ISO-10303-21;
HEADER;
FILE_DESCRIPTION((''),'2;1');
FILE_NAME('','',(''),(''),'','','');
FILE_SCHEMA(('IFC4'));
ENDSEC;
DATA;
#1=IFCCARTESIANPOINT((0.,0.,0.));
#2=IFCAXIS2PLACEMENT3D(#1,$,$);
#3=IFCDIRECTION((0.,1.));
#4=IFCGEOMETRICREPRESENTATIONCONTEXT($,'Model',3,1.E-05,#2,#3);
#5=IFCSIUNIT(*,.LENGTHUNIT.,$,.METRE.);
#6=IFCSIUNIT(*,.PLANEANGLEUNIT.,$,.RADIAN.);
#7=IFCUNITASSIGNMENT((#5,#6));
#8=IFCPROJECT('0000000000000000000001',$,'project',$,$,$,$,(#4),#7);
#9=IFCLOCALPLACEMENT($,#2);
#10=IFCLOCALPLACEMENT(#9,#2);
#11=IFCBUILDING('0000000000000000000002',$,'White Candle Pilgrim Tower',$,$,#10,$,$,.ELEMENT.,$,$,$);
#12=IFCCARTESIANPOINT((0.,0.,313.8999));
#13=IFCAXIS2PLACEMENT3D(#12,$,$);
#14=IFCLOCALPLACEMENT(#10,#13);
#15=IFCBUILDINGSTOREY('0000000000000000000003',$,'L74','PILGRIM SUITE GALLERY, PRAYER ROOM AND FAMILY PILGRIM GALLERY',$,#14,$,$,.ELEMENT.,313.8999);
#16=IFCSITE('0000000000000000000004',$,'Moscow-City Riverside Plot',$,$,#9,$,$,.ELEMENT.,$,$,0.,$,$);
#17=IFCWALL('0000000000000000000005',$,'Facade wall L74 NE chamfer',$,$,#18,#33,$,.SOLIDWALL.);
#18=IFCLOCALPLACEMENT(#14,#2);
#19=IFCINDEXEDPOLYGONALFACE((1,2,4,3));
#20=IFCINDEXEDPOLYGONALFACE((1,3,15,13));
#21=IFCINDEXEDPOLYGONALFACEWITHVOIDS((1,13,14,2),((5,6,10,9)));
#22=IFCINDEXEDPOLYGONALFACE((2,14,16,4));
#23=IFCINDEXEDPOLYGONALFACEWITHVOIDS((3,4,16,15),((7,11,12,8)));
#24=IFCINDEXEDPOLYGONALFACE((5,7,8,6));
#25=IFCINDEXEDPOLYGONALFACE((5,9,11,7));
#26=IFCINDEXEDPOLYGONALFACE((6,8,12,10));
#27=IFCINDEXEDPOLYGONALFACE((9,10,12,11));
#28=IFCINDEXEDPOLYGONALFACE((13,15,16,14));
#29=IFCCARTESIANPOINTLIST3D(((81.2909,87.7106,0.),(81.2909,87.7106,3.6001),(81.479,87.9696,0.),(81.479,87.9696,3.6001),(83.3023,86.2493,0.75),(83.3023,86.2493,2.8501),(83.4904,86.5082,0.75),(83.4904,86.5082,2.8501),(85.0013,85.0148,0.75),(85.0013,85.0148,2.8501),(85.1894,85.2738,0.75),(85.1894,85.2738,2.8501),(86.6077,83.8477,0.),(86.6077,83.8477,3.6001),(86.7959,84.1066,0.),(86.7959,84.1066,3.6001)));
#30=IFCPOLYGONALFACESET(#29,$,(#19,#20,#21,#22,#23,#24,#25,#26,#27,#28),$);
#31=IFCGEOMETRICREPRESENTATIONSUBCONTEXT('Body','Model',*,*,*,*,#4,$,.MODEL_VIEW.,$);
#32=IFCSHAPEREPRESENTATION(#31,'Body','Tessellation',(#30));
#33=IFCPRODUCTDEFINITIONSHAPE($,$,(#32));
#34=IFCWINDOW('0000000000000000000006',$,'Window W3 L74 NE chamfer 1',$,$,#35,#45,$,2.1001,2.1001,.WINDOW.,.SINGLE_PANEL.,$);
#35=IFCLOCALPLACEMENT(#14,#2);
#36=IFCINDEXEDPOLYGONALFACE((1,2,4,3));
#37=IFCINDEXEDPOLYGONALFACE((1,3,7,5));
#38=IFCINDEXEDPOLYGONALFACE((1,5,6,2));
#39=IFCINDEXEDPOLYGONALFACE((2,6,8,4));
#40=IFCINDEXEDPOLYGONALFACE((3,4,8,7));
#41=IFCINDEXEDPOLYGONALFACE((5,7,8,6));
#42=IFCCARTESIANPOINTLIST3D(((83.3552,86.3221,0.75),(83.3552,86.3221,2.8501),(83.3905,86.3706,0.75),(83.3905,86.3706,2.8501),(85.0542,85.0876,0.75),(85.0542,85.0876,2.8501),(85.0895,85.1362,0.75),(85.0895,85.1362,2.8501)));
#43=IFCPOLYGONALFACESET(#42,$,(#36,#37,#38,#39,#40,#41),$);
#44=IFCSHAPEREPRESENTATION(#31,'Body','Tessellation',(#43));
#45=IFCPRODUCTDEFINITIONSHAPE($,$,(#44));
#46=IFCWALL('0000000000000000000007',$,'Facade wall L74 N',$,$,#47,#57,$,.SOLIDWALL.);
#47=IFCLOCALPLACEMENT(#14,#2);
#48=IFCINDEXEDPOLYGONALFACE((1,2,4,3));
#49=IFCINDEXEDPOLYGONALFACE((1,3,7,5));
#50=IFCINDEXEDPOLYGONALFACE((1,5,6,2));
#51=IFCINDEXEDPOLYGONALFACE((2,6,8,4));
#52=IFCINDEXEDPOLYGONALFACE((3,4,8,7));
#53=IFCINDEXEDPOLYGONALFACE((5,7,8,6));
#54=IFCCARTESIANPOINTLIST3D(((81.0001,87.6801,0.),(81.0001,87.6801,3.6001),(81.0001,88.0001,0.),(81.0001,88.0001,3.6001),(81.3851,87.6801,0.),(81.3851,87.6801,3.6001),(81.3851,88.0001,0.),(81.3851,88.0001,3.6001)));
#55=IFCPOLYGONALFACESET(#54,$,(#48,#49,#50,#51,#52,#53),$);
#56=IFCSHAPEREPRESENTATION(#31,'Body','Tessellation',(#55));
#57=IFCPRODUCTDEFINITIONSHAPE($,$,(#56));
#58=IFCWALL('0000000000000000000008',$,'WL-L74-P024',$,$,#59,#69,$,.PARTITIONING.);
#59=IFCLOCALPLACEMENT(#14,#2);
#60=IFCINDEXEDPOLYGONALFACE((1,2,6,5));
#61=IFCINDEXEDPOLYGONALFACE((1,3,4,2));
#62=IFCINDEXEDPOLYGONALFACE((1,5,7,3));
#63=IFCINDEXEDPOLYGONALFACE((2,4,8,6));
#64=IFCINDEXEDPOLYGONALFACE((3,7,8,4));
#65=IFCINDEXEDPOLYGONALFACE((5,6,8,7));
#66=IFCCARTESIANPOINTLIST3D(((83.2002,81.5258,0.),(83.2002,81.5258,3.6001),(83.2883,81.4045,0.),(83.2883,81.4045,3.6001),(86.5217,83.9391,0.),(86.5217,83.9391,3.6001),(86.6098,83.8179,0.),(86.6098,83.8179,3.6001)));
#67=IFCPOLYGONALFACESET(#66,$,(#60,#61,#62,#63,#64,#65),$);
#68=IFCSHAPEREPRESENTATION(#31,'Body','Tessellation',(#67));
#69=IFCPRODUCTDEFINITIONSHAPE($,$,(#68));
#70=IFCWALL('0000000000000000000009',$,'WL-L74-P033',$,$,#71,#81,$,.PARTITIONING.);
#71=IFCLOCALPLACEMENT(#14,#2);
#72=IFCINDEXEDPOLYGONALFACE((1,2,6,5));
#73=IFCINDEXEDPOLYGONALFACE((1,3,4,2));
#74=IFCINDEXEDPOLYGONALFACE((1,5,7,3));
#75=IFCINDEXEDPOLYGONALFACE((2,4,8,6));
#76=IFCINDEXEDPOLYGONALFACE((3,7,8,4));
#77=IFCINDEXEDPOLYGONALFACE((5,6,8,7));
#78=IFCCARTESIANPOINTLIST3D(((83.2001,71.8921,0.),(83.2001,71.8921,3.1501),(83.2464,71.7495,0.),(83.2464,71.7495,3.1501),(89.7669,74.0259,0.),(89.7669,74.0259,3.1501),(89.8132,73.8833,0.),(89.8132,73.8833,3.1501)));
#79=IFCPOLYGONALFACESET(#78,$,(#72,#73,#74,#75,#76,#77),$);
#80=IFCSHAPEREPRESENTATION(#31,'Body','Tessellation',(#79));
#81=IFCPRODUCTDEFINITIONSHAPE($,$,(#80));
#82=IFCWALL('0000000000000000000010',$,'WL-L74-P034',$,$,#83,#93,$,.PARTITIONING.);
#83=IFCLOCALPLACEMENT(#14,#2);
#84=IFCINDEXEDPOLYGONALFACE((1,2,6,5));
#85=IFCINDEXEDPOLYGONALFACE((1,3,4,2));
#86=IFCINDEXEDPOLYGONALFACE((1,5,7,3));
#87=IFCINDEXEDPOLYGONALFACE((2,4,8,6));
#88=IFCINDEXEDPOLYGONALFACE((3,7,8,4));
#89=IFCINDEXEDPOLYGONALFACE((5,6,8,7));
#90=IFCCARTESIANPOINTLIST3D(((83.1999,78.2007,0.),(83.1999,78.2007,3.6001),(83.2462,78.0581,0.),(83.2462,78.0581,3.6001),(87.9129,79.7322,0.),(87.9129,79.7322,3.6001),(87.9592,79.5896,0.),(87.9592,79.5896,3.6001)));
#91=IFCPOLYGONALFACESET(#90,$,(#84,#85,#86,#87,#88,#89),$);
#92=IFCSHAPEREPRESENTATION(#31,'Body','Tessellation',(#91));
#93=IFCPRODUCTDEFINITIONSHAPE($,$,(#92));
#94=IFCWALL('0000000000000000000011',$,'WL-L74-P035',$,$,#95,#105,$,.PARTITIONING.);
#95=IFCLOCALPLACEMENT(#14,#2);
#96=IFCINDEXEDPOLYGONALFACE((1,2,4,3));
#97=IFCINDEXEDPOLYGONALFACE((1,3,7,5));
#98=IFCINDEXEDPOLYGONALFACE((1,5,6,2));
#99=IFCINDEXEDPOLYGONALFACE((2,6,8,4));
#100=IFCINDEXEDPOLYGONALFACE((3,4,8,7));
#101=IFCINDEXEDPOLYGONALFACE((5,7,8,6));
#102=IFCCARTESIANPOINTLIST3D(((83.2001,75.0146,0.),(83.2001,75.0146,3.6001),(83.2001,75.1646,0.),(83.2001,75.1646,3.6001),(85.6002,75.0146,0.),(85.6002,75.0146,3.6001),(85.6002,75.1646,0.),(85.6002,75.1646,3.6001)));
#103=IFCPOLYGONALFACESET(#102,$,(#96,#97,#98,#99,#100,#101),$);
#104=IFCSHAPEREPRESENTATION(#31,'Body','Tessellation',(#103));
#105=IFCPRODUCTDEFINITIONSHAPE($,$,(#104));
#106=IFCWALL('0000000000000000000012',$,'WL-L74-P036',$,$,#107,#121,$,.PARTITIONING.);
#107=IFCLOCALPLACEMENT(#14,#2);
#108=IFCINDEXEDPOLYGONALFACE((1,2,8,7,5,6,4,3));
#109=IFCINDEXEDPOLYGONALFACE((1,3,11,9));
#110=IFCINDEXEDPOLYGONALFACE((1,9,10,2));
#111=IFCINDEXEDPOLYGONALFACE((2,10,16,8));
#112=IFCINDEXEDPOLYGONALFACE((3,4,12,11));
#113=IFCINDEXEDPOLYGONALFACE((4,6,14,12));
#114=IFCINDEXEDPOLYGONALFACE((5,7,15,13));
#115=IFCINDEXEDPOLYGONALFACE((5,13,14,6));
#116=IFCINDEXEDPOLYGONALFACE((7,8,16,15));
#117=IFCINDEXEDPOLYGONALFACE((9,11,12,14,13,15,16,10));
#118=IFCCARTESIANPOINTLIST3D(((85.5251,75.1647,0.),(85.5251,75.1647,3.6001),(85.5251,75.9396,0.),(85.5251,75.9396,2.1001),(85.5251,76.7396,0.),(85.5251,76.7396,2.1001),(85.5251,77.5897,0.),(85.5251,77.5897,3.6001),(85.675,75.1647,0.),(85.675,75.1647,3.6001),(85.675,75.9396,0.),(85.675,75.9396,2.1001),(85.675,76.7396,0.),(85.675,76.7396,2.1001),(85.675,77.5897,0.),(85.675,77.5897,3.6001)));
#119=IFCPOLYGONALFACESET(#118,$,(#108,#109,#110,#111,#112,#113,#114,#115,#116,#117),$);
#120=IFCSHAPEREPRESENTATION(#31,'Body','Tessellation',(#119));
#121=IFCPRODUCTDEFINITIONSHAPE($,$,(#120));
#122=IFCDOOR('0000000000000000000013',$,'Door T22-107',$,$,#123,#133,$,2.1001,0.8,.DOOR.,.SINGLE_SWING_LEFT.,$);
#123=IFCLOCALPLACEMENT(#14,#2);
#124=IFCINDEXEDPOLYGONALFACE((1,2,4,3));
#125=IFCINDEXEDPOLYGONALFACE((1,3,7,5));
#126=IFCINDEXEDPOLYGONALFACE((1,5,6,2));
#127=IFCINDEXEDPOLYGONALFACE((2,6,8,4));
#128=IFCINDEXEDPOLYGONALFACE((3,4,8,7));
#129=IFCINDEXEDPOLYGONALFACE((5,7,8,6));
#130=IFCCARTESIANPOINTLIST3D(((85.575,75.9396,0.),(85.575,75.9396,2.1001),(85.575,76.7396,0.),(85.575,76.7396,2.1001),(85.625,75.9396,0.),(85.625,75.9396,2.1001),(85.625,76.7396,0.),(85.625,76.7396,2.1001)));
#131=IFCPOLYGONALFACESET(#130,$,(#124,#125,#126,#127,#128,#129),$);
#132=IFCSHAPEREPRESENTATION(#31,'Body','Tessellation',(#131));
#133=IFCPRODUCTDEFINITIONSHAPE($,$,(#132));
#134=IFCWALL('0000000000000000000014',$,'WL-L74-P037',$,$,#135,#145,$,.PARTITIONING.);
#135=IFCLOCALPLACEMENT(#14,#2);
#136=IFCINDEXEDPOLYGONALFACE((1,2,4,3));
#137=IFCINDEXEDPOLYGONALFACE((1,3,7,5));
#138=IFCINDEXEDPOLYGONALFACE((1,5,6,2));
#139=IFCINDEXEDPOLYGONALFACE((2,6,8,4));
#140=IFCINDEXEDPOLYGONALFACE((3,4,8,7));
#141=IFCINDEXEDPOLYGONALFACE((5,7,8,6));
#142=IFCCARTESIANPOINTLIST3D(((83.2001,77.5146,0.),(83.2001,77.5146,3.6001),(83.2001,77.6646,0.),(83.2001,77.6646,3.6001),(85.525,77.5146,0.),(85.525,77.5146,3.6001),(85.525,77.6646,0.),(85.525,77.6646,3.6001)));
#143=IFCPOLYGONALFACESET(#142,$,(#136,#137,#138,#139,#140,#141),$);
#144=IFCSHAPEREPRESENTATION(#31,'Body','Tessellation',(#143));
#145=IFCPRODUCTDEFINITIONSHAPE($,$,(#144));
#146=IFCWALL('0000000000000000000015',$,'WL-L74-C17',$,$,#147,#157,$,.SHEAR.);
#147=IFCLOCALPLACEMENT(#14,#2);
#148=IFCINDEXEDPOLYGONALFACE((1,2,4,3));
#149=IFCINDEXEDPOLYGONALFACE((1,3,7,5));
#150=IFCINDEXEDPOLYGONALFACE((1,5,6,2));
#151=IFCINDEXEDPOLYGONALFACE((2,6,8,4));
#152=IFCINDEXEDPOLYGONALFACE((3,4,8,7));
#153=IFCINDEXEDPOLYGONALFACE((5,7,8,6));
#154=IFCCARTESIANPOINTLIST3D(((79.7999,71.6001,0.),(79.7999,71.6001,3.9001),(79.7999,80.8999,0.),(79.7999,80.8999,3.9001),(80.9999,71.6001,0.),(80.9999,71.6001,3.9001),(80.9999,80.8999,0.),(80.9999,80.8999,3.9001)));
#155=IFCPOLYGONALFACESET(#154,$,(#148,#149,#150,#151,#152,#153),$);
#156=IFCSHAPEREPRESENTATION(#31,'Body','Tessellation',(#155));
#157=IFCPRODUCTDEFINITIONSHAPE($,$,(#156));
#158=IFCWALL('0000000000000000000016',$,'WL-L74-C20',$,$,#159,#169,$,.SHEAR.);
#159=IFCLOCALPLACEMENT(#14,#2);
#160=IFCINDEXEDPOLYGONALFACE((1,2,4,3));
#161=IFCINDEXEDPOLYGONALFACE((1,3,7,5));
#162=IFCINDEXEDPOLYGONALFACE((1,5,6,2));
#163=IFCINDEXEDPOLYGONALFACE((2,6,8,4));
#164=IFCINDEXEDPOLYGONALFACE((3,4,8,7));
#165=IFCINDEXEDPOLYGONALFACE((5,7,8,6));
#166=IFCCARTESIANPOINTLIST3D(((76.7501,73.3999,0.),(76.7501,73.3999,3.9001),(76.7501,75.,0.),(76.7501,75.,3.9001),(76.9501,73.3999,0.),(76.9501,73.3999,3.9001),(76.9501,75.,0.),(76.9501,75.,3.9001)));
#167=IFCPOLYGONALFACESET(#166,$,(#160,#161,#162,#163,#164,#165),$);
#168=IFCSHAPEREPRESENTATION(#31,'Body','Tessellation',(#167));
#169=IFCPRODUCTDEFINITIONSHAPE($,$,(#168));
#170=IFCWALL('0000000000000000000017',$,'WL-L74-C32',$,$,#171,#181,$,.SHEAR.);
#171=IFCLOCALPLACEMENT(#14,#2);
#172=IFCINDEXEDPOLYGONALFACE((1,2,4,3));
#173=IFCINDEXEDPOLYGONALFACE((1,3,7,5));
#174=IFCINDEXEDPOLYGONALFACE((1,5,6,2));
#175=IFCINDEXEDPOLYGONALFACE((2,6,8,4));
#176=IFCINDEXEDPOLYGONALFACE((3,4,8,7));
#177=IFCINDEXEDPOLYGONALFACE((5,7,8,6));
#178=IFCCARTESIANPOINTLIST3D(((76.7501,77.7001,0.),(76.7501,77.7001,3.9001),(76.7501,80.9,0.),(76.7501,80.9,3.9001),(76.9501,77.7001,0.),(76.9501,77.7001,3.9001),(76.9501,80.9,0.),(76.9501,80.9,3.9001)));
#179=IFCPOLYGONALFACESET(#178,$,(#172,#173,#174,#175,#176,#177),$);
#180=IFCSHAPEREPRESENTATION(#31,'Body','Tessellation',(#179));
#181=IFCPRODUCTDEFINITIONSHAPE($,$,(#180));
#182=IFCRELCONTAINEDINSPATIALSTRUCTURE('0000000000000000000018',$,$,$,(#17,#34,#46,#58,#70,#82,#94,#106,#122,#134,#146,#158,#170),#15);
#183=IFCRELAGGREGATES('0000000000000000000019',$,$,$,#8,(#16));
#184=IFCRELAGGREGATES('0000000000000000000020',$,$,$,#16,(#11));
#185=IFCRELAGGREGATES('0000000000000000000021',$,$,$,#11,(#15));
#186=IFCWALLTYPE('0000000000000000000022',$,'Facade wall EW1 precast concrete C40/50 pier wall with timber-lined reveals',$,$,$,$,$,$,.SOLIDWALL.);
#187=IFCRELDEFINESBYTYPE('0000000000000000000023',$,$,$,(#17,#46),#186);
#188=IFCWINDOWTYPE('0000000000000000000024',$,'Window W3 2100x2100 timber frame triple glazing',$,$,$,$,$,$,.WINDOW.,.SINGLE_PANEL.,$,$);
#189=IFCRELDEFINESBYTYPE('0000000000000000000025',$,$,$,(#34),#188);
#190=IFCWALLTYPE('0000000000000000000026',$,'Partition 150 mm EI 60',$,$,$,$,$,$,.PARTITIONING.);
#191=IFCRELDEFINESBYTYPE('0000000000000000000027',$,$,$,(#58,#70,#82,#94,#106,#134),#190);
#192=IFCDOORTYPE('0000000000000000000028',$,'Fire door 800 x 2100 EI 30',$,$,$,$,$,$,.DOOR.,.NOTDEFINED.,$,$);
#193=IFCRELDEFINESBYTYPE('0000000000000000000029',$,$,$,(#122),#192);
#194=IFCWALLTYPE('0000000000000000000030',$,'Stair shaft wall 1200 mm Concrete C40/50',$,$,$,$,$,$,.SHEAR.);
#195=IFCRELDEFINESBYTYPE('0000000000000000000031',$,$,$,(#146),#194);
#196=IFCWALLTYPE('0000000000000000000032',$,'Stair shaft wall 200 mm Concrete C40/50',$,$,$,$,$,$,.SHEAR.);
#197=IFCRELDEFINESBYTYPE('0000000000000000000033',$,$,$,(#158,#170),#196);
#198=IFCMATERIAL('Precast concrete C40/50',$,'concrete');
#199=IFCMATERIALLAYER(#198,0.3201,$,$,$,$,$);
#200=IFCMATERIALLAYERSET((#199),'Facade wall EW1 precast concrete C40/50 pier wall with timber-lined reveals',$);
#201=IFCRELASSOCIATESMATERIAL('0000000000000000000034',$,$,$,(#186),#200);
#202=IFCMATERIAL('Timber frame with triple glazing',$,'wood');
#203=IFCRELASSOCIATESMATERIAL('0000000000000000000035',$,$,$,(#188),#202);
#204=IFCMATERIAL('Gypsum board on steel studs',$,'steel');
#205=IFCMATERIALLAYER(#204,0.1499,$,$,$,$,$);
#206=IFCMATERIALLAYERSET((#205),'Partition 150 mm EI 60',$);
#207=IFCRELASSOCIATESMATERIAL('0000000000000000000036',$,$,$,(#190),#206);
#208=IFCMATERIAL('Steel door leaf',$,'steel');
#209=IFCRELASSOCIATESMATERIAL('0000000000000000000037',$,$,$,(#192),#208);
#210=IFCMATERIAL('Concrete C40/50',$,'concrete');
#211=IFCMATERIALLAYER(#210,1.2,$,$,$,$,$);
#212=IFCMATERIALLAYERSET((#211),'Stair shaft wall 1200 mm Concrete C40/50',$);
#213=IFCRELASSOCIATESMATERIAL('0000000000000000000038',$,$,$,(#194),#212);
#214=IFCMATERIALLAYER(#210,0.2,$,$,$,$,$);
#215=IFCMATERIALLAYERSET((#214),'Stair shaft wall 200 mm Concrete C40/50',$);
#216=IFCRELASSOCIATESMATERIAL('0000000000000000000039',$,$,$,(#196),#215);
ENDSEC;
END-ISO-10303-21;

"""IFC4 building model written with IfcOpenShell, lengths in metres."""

from ifc_helpers import new_model, si_unit, direction, frame, frame_2d, origin, place, context, subcontext, project, spatial, rectangle, extrude, material, layer, layer_set, type_object, element, fill, save


model = new_model("IFC4")

# Units and contexts
model_context = context("Model", 3, precision=1e-05, world=origin(), true_north=direction((0.0, 1.0)))
body_context = subcontext(model_context, "Body", "Model", "MODEL_VIEW")
ifc_project = project(units=[si_unit("LENGTHUNIT", "METRE"), si_unit("PLANEANGLEUNIT", "RADIAN")], contexts=[model_context])

# Site, building, storey
site_placement = place(None, origin())
site = spatial("IfcSite", under=ifc_project, at=site_placement, Name="Moscow-City Riverside Plot", CompositionType="ELEMENT", RefElevation=0.0)
building_placement = place(site_placement, origin())
building = spatial("IfcBuilding", under=site, at=building_placement, Name="White Candle Pilgrim Tower", CompositionType="ELEMENT")
storey_placement = place(building_placement, frame((0.0, 0.0, 313.8999)))
storey = spatial("IfcBuildingStorey", under=building, at=storey_placement, Name="L74", Description="PILGRIM SUITE GALLERY, PRAYER ROOM AND FAMILY PILGRIM GALLERY", CompositionType="ELEMENT", Elevation=313.8999)

# Shared definitions
ifc_material_1 = material(Name="Concrete C40/50", Category="concrete")

# Shared definitions
ifc_material_2 = material(Name="Steel door leaf", Category="steel")

# Shared definitions
ifc_material_3 = material(Name="Gypsum board on steel studs", Category="steel")

# Wall, opening, window
ifc_material_4 = material(Name="Precast concrete C40/50", Category="concrete")
ifc_layer_1 = layer(ifc_material_4, 0.3201)
ifc_layer_set_1 = layer_set([ifc_layer_1], Name="Facade wall EW1 precast concrete C40/50 pier wall with timber-lined reveals")
wall_type_1 = type_object("IfcWallType", Name="Facade wall EW1 precast concrete C40/50 pier wall with timber-lined reveals", PredefinedType="SOLIDWALL", material=ifc_layer_set_1)
wall_1_placement = place(storey_placement, frame((86.7019, 83.9771, 0.0), z_axis=(0.0, 0.0, 1.0), x_axis=(-0.809011, 0.587794, 0.0)))
wall_1 = element("IfcWall", 1, at=wall_1_placement, inside=storey, type_object=wall_type_1, Name="Facade wall L74 NE chamfer", PredefinedType="SOLIDWALL", context=body_context, shape_type="SweptSolid", body=[
    extrude(rectangle(XDim=6.572, YDim=0.3201, at=frame_2d((3.2861, 0.0))), origin(), (0.0, 0.0, 1.0), 3.6001),
])
opening_1_placement = place(wall_1_placement, frame((1.9858, 0.0, 0.75)))
opening_1 = element("IfcOpeningElement", 2, at=opening_1_placement, cuts=wall_1, PredefinedType="OPENING", context=body_context, shape_type="SweptSolid", body=[
    extrude(rectangle(XDim=2.1001, YDim=2.1001, at=frame_2d((1.05, 1.05))), frame((0.0, 0.1699, 0.0), z_axis=(0.0, -1.0, 0.0), x_axis=(1.0, 0.0, 0.0)), (0.0, 0.0, 1.0), 0.3401),
])
ifc_material_5 = material(Name="Timber frame with triple glazing", Category="wood")
window_type = type_object("IfcWindowType", Name="Window W3 2100x2100 timber frame triple glazing", PartitioningType="SINGLE_PANEL", PredefinedType="WINDOW", material=ifc_material_5)
window_placement = place(opening_1_placement, origin())
window = element("IfcWindow", 3, at=window_placement, inside=storey, type_object=window_type, Name="Window W3 L74 NE chamfer 1", OverallHeight=2.1001, OverallWidth=2.1001, PartitioningType="SINGLE_PANEL", PredefinedType="WINDOW", context=body_context, shape_type="SweptSolid", body=[
    extrude(rectangle(XDim=2.1001, YDim=2.1001, at=frame_2d((1.05, 1.05))), frame((0.0, 0.0701, 0.0), z_axis=(0.0, -1.0, 0.0), x_axis=(1.0, 0.0, 0.0)), (0.0, 0.0, 1.0), 0.0601),
])
fill(opening_1, window)

# Walls
wall_2_placement = place(storey_placement, frame((81.385, 87.8401, 0.0), z_axis=(0.0, 0.0, 1.0), x_axis=(-1.0, 0.0, 0.0)))
element("IfcWall", 4, at=wall_2_placement, inside=storey, type_object=wall_type_1, Name="Facade wall L74 N", PredefinedType="SOLIDWALL", context=body_context, shape_type="SweptSolid", body=[
    extrude(rectangle(XDim=0.385, YDim=0.3201, at=frame_2d((0.1924, 0.0))), origin(), (0.0, 0.0, 1.0), 3.6001),
])
ifc_layer_2 = layer(ifc_material_3, 0.1499)
ifc_layer_set_2 = layer_set([ifc_layer_2], Name="Partition 150 mm EI 60")
wall_type_2 = type_object("IfcWallType", Name="Partition 150 mm EI 60", PredefinedType="PARTITIONING", material=ifc_layer_set_2)
wall_3_placement = place(storey_placement, frame((86.5657, 83.8784, 0.0), z_axis=(0.0, 0.0, 1.0), x_axis=(-0.809006, -0.5878, 0.0)))
element("IfcWall", 5, at=wall_3_placement, inside=storey, type_object=wall_type_2, Name="WL-L74-P024", PredefinedType="PARTITIONING", context=body_context, shape_type="SweptSolid", body=[
    extrude(rectangle(XDim=4.1057, YDim=0.1499, at=frame_2d((2.0527, 0.0))), origin(), (0.0, 0.0, 1.0), 3.6001),
])
wall_4_placement = place(storey_placement, frame((89.79, 73.9546, 0.0), z_axis=(0.0, 0.0, 1.0), x_axis=(-0.951053, -0.309027, 0.0)))
element("IfcWall", 6, at=wall_4_placement, inside=storey, type_object=wall_type_2, Name="WL-L74-P033", PredefinedType="PARTITIONING", context=body_context, shape_type="SweptSolid", body=[
    extrude(rectangle(XDim=6.9048, YDim=0.1499, at=frame_2d((3.4524, 0.0))), origin(), (0.0, 0.0, 1.0), 3.1501),
])
wall_5_placement = place(storey_placement, frame((87.936, 79.6609, 0.0), z_axis=(0.0, 0.0, 1.0), x_axis=(-0.951046, -0.30905, 0.0)))
element("IfcWall", 7, at=wall_5_placement, inside=storey, type_object=wall_type_2, Name="WL-L74-P034", PredefinedType="PARTITIONING", context=body_context, shape_type="SweptSolid", body=[
    extrude(rectangle(XDim=4.9556, YDim=0.1499, at=frame_2d((2.4778, 0.0))), origin(), (0.0, 0.0, 1.0), 3.6001),
])
wall_6_placement = place(storey_placement, frame((83.2, 75.0896, 0.0), z_axis=(0.0, 0.0, 1.0), x_axis=(1.0, 0.0, 0.0)))
element("IfcWall", 8, at=wall_6_placement, inside=storey, type_object=wall_type_2, Name="WL-L74-P035", PredefinedType="PARTITIONING", context=body_context, shape_type="SweptSolid", body=[
    extrude(rectangle(XDim=2.4001, YDim=0.1499, at=frame_2d((1.2002, 0.0))), origin(), (0.0, 0.0, 1.0), 3.6001),
])

# Wall, opening, door
wall_7_placement = place(storey_placement, frame((85.6001, 77.5896, 0.0), z_axis=(0.0, 0.0, 1.0), x_axis=(0.0, -1.0, 0.0)))
wall_7 = element("IfcWall", 9, at=wall_7_placement, inside=storey, type_object=wall_type_2, Name="WL-L74-P036", PredefinedType="PARTITIONING", context=body_context, shape_type="SweptSolid", body=[
    extrude(rectangle(XDim=2.425, YDim=0.1499, at=frame_2d((1.2124, 0.0))), origin(), (0.0, 0.0, 1.0), 3.6001),
])
opening_2_placement = place(wall_7_placement, frame((0.8501, 0.0, 0.0)))
opening_2 = element("IfcOpeningElement", 10, at=opening_2_placement, cuts=wall_7, PredefinedType="OPENING", context=body_context, shape_type="SweptSolid", body=[
    extrude(rectangle(XDim=0.8, YDim=2.1001, at=frame_2d((0.3999, 1.05))), frame((0.0, 0.085, 0.0), z_axis=(0.0, -1.0, 0.0), x_axis=(1.0, 0.0, 0.0)), (0.0, 0.0, 1.0), 0.1699),
])
door_type_1 = type_object("IfcDoorType", Name="Fire door 800 x 2100 EI 30", OperationType="NOTDEFINED", PredefinedType="DOOR", material=ifc_material_2)
door_1_placement = place(opening_2_placement, origin())
door_1 = element("IfcDoor", 11, at=door_1_placement, inside=storey, type_object=door_type_1, Name="Door T22-107", OperationType="SINGLE_SWING_LEFT", OverallHeight=2.1001, OverallWidth=0.8, PredefinedType="DOOR", context=body_context, shape_type="SweptSolid", body=[
    extrude(rectangle(XDim=0.8, YDim=2.1001, at=frame_2d((0.3999, 1.05))), frame((0.0, 0.0249, 0.0), z_axis=(0.0, -1.0, 0.0), x_axis=(1.0, 0.0, 0.0)), (0.0, 0.0, 1.0), 0.05),
])
fill(opening_2, door_1)

# Walls
wall_8_placement = place(storey_placement, frame((83.2, 77.5896, 0.0), z_axis=(0.0, 0.0, 1.0), x_axis=(1.0, 0.0, 0.0)))
element("IfcWall", 12, at=wall_8_placement, inside=storey, type_object=wall_type_2, Name="WL-L74-P037", PredefinedType="PARTITIONING", context=body_context, shape_type="SweptSolid", body=[
    extrude(rectangle(XDim=2.325, YDim=0.1499, at=frame_2d((1.1626, 0.0))), origin(), (0.0, 0.0, 1.0), 3.6001),
])
ifc_layer_3 = layer(ifc_material_1, 1.2)
ifc_layer_set_3 = layer_set([ifc_layer_3], Name="Stair shaft wall 1200 mm Concrete C40/50")
wall_type_3 = type_object("IfcWallType", Name="Stair shaft wall 1200 mm Concrete C40/50", PredefinedType="SHEAR", material=ifc_layer_set_3)
wall_9_placement = place(storey_placement, frame((80.3999, 71.6001, 0.0), z_axis=(0.0, 0.0, 1.0), x_axis=(0.0, 1.0, 0.0)))
element("IfcWall", 13, at=wall_9_placement, inside=storey, type_object=wall_type_3, Name="WL-L74-C17", PredefinedType="SHEAR", context=body_context, shape_type="SweptSolid", body=[
    extrude(rectangle(XDim=9.2998, YDim=1.2, at=frame_2d((4.6499, 0.0))), origin(), (0.0, 0.0, 1.0), 3.9001),
])
ifc_layer_4 = layer(ifc_material_1, 0.2)
ifc_layer_set_4 = layer_set([ifc_layer_4], Name="Stair shaft wall 200 mm Concrete C40/50")
wall_type_4 = type_object("IfcWallType", Name="Stair shaft wall 200 mm Concrete C40/50", PredefinedType="SHEAR", material=ifc_layer_set_4)
wall_10_placement = place(storey_placement, frame((76.8501, 73.3999, 0.0), z_axis=(0.0, 0.0, 1.0), x_axis=(0.0, 1.0, 0.0)))
element("IfcWall", 14, at=wall_10_placement, inside=storey, type_object=wall_type_4, Name="WL-L74-C20", PredefinedType="SHEAR", context=body_context, shape_type="SweptSolid", body=[
    extrude(rectangle(XDim=1.6001, YDim=0.2, at=frame_2d((0.8, 0.0))), origin(), (0.0, 0.0, 1.0), 3.9001),
])
wall_11_placement = place(storey_placement, frame((76.8501, 77.7, 0.0), z_axis=(0.0, 0.0, 1.0), x_axis=(0.0, 1.0, 0.0)))
element("IfcWall", 15, at=wall_11_placement, inside=storey, type_object=wall_type_4, Name="WL-L74-C32", PredefinedType="SHEAR", context=body_context, shape_type="SweptSolid", body=[
    extrude(rectangle(XDim=3.2, YDim=0.2, at=frame_2d((1.6001, 0.0))), origin(), (0.0, 0.0, 1.0), 3.9001),
])

save(model, "model.ifc")
